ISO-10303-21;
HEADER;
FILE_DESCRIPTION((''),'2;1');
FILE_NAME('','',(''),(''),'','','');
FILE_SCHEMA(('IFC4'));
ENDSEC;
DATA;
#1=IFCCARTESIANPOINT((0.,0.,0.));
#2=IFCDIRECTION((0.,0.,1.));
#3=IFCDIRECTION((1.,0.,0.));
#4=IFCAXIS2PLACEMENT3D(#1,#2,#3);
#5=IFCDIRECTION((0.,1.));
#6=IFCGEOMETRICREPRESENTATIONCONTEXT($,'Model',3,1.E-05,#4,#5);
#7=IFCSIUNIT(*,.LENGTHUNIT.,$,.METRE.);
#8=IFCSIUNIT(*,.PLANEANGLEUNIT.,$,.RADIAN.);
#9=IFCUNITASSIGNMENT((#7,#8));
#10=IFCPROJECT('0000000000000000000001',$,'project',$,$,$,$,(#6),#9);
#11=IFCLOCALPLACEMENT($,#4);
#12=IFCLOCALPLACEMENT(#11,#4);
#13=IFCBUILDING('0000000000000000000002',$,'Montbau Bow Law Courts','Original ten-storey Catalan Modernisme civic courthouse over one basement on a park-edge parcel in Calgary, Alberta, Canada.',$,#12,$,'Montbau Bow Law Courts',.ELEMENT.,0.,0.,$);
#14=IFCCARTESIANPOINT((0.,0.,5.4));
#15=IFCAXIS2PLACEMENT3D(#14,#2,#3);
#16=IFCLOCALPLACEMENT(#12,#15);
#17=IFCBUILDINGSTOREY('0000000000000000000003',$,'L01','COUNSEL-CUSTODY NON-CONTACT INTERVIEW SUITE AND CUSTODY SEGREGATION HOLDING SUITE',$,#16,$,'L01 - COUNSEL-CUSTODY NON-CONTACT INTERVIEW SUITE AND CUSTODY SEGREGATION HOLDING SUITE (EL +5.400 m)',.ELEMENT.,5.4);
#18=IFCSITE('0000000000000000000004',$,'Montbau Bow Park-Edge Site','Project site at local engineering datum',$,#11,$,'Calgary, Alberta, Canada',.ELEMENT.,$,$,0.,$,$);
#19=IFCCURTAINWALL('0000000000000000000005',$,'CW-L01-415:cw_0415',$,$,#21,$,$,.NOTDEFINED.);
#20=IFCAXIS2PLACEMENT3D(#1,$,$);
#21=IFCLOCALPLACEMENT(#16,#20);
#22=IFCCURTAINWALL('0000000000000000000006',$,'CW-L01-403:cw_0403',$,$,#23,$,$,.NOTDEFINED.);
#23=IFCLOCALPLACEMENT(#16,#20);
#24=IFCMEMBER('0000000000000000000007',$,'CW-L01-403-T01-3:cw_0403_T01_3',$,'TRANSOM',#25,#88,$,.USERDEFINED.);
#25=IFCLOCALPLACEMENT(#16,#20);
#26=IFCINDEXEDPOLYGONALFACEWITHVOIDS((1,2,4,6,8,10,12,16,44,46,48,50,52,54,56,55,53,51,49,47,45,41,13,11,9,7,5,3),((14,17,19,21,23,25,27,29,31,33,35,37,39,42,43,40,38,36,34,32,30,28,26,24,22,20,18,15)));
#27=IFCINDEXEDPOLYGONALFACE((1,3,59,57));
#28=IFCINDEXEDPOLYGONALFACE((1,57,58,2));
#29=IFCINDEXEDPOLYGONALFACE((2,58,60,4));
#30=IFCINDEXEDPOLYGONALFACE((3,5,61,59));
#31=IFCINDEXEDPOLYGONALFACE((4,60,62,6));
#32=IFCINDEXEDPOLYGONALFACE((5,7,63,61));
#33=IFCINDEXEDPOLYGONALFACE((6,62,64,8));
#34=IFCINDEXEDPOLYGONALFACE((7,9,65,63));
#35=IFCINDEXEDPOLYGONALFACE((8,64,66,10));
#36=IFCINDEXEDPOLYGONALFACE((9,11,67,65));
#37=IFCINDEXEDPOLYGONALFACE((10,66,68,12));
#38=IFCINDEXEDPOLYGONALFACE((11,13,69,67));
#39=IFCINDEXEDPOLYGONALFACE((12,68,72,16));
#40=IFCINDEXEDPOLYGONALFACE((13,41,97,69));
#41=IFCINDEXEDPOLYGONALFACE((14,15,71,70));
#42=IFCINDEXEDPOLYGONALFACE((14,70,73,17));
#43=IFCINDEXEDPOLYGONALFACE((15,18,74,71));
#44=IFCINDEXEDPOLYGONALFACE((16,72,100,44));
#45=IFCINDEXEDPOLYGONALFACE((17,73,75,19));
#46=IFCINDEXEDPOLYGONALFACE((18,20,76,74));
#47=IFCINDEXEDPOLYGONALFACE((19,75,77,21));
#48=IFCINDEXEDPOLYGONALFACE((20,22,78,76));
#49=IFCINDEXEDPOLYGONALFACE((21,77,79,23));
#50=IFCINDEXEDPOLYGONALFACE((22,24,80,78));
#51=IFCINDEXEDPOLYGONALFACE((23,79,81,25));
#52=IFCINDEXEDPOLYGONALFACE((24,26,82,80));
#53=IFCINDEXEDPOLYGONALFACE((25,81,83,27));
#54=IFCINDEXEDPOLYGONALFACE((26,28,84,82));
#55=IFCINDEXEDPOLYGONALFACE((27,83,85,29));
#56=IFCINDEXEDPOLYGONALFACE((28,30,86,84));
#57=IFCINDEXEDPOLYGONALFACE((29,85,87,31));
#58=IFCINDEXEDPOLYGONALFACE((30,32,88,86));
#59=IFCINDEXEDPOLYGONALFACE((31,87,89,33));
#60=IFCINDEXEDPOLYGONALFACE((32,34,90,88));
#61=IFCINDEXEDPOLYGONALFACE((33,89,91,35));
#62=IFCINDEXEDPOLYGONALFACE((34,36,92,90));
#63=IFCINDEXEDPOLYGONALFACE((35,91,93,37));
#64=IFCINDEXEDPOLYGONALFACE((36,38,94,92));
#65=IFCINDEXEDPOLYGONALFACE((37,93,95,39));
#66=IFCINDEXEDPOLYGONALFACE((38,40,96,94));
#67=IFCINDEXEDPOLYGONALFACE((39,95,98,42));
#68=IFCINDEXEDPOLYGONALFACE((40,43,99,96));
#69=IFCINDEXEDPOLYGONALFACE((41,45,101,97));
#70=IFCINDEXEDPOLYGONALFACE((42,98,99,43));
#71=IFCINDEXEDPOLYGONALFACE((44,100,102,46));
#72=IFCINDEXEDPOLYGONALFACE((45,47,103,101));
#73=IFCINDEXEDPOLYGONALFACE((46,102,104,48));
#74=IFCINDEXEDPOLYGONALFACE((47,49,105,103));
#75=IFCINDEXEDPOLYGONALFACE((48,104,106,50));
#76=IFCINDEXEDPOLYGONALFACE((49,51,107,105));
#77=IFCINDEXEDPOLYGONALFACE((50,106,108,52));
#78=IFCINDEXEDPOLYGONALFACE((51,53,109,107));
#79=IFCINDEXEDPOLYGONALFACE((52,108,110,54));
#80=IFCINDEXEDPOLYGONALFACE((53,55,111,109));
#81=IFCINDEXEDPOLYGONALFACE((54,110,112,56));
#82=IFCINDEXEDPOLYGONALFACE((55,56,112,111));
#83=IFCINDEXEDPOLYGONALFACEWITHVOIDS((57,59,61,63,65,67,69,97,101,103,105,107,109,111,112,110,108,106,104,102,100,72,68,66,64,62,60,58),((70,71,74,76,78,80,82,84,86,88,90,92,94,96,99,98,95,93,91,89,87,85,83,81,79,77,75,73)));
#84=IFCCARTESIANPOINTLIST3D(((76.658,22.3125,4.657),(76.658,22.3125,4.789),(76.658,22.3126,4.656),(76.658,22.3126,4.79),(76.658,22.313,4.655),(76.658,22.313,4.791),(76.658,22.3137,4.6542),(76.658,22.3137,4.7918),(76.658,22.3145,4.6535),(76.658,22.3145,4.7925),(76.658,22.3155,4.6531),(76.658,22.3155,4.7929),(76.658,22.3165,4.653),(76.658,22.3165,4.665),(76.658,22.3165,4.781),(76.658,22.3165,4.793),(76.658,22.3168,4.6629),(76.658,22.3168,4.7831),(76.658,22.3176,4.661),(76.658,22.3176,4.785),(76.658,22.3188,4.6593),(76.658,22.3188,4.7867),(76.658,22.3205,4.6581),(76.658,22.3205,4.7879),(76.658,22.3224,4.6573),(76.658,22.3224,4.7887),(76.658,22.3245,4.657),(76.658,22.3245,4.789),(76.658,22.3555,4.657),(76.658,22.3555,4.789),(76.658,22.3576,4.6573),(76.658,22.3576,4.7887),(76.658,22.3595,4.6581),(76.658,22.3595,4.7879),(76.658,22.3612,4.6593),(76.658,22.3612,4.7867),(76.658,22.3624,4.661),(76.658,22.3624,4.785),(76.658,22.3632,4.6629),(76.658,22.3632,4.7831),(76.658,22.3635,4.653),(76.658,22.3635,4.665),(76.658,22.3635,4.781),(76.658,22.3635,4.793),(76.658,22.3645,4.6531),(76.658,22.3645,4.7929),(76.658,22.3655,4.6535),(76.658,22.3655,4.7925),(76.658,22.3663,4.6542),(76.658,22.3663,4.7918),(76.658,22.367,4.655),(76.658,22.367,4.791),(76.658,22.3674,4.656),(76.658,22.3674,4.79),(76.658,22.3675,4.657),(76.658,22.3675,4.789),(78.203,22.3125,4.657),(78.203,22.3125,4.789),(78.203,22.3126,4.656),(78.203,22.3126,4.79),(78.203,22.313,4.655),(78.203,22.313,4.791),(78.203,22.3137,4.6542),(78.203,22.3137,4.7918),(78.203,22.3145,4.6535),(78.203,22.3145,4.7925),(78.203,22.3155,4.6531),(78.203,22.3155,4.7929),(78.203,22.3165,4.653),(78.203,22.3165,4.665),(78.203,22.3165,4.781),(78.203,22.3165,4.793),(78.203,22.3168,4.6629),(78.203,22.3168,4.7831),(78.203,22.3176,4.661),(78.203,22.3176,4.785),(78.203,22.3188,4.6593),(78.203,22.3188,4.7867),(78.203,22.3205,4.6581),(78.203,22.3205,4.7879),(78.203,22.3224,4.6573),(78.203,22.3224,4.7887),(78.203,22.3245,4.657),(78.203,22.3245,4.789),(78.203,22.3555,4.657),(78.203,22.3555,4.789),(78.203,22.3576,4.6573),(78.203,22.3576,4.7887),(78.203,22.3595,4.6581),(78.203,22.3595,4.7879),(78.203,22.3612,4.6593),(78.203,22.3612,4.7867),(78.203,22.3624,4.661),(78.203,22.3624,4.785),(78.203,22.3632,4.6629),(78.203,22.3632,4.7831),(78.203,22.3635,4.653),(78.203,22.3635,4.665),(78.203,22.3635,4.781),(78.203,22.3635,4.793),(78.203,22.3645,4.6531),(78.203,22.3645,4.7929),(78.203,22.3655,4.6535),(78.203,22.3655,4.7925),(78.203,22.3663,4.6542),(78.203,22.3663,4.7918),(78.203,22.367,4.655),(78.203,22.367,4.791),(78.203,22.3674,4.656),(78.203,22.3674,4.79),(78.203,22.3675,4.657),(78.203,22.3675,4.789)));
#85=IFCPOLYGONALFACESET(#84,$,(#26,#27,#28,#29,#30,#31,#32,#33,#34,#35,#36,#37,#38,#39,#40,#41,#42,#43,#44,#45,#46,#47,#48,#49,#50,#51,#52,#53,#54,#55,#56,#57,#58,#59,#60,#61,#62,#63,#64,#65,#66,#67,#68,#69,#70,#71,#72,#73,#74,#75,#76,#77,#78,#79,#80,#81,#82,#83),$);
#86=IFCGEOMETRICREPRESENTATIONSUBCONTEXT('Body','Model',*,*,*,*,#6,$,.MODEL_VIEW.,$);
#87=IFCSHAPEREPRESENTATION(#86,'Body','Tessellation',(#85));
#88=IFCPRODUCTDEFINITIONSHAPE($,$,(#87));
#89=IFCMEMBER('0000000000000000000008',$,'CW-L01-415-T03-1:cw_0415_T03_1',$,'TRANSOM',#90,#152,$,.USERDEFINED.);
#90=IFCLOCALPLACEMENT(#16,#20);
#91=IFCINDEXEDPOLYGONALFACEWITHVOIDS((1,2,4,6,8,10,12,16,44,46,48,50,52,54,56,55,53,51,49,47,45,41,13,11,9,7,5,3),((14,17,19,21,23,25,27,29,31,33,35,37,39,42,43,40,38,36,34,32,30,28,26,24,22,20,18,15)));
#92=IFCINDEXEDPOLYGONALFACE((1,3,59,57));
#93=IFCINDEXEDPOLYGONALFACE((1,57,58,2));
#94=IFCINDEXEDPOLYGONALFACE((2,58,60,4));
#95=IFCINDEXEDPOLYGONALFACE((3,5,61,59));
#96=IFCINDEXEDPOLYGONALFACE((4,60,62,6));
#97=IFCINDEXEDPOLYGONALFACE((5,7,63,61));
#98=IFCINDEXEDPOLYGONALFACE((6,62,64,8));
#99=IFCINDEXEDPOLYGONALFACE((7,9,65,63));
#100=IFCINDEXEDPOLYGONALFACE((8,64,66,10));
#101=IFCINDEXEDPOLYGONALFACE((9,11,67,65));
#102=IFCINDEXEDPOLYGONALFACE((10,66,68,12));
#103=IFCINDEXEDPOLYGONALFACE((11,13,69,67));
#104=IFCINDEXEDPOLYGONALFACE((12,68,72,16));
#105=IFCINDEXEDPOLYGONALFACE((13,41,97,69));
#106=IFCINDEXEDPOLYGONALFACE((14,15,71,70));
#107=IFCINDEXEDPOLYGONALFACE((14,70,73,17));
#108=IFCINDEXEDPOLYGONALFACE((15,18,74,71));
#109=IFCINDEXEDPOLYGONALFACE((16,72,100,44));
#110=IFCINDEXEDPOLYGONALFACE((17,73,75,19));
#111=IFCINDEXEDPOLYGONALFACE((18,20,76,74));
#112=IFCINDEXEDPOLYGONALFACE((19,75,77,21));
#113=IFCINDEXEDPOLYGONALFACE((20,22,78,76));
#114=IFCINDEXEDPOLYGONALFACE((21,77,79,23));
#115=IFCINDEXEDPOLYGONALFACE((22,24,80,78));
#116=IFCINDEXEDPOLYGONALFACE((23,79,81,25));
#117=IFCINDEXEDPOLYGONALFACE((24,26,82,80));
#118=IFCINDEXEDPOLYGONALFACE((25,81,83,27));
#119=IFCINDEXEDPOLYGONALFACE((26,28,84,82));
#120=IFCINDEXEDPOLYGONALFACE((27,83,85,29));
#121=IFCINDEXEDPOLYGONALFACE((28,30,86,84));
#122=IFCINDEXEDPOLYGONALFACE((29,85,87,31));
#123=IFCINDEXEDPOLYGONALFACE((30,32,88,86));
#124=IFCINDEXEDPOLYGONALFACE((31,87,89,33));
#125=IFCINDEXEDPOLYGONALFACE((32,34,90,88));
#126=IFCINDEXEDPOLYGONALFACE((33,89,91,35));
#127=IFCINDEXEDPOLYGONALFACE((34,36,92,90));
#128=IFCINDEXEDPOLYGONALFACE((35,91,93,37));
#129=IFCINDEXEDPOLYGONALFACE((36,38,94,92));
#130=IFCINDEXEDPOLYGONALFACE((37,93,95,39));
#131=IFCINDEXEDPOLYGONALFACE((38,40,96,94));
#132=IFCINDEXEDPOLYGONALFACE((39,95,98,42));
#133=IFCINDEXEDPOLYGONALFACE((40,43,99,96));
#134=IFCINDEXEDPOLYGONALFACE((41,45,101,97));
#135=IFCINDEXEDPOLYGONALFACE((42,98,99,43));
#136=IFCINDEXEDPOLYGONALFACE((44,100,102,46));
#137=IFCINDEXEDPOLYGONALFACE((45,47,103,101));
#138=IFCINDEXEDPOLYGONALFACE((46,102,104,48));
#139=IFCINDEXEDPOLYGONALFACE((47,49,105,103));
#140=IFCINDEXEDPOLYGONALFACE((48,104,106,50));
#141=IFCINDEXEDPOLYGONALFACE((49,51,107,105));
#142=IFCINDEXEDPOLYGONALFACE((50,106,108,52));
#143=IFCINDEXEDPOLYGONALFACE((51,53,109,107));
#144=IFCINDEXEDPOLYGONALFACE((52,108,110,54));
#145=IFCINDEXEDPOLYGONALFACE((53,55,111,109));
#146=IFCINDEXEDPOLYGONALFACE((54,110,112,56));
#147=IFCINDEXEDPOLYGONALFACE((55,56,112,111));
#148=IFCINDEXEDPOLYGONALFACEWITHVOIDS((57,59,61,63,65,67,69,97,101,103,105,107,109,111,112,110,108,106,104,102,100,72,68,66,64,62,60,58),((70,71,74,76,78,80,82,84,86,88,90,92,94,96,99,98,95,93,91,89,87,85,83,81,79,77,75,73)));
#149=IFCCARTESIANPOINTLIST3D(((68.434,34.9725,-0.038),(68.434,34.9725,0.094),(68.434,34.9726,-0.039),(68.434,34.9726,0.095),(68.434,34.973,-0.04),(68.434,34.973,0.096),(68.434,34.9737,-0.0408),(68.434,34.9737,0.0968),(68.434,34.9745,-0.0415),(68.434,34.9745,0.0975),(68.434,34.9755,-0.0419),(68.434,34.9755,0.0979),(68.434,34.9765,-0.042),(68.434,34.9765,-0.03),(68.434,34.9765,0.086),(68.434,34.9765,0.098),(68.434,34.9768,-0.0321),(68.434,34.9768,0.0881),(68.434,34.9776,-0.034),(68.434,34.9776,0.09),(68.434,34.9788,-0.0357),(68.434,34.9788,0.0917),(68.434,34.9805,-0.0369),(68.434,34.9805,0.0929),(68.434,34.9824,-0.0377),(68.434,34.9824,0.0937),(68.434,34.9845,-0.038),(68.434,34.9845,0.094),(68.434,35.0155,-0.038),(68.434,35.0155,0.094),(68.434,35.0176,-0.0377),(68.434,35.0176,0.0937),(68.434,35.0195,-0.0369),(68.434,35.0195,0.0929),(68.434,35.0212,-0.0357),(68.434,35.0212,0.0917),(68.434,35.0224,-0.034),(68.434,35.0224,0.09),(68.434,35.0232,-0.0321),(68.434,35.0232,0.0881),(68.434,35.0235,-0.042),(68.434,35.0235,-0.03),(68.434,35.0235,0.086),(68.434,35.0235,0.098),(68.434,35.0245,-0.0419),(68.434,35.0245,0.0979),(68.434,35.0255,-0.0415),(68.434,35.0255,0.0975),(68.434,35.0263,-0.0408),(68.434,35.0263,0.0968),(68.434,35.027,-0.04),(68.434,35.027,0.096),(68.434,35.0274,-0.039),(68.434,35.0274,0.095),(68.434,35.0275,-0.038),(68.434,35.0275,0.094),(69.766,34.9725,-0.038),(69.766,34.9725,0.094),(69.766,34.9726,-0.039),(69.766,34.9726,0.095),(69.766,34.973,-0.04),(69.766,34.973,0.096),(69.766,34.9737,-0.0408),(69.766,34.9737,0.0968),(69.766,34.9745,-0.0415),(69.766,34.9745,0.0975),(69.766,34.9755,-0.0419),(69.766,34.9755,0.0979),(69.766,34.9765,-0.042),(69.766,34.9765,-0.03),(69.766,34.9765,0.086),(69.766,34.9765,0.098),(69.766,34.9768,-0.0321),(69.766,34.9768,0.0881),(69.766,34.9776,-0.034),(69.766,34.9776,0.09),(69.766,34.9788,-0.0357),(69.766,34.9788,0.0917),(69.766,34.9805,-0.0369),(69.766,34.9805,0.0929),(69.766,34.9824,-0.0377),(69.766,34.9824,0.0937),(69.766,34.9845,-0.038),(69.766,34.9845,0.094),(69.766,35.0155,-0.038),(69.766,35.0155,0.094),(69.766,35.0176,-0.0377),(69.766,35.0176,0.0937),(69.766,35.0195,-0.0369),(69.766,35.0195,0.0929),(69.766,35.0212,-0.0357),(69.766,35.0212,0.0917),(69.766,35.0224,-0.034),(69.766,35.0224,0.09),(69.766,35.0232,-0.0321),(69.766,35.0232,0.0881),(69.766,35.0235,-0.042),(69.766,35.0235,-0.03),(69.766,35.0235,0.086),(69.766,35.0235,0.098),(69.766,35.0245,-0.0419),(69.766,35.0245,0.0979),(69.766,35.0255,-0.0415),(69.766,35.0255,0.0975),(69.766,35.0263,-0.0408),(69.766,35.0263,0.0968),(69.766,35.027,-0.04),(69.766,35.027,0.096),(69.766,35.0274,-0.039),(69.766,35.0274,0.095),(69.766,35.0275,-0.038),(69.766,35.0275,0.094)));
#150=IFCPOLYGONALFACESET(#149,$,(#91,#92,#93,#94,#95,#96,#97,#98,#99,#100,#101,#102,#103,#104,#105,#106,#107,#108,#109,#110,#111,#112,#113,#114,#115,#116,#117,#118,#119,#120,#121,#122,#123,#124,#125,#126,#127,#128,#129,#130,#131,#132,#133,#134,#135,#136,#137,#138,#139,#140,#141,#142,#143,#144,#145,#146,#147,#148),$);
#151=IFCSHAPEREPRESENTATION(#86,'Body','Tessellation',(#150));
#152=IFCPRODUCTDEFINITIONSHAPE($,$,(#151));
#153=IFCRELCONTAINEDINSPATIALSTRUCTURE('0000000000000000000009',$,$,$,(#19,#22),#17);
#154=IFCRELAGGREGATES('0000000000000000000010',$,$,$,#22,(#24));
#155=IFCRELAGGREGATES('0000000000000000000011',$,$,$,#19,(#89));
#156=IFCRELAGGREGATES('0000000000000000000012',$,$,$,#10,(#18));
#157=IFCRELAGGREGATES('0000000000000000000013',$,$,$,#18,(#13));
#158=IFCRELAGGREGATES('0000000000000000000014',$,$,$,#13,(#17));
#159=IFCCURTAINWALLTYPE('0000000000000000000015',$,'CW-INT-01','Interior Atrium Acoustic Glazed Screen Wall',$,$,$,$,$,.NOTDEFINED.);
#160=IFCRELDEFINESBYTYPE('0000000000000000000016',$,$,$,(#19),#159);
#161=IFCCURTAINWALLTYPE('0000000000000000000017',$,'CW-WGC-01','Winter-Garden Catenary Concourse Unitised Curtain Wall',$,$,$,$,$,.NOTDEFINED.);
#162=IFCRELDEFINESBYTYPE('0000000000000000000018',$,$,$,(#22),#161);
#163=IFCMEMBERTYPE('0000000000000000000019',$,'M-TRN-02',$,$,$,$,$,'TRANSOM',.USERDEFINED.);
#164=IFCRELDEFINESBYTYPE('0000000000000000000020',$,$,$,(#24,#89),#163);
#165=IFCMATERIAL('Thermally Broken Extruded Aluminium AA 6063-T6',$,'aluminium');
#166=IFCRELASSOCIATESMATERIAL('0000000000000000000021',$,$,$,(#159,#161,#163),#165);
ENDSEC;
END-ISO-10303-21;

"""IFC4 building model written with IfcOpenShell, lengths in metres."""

from ifc_helpers import new_model, si_unit, direction, frame, origin_with_axes, origin_2d_with_axis, place, context, subcontext, project, spatial, hollow_rectangle, extrude, material, material_profile, profile_set, type_object, element, aggregate, save


model = new_model("IFC4")

# Units and contexts
model_context = context("Model", 3, precision=1e-05, world=origin_with_axes(), true_north=direction((0.0, 1.0)))
body_context = subcontext(model_context, "Body", "Model", "MODEL_VIEW")
ifc_project = project(units=[si_unit("LENGTHUNIT", "METRE"), si_unit("PLANEANGLEUNIT", "RADIAN")], contexts=[model_context])

# Site, building, storey
site_placement = place(None, origin_with_axes())
site = spatial("IfcSite", under=ifc_project, at=site_placement, Name="Montbau Bow Park-Edge Site", Description="Project site at local engineering datum", LongName="Calgary, Alberta, Canada", CompositionType="ELEMENT", RefElevation=0.0)
building_placement = place(site_placement, origin_with_axes())
building = spatial("IfcBuilding", under=site, at=building_placement, Name="Montbau Bow Law Courts", Description="Original ten-storey Catalan Modernisme civic courthouse over one basement on a park-edge parcel in Calgary, Alberta, Canada.", LongName="Montbau Bow Law Courts", CompositionType="ELEMENT", ElevationOfRefHeight=0.0, ElevationOfTerrain=0.0)
storey_placement = place(building_placement, frame((0.0, 0.0, 5.4), z_axis=(0.0, 0.0, 1.0), x_axis=(1.0, 0.0, 0.0)))
storey = spatial("IfcBuildingStorey", under=building, at=storey_placement, Name="L01", Description="COUNSEL-CUSTODY NON-CONTACT INTERVIEW SUITE AND CUSTODY SEGREGATION HOLDING SUITE", LongName="L01 - COUNSEL-CUSTODY NON-CONTACT INTERVIEW SUITE AND CUSTODY SEGREGATION HOLDING SUITE (EL +5.400 m)", CompositionType="ELEMENT", Elevation=5.4)

# Curtain walls, member
ifc_material_1 = material(Name="Thermally Broken Extruded Aluminium AA 6063-T6", Category="aluminium")
curtain_wall_type_1 = type_object("IfcCurtainWallType", Name="CW-INT-01", Description="Interior Atrium Acoustic Glazed Screen Wall", PredefinedType="NOTDEFINED", material=ifc_material_1)
curtain_wall_1_placement = place(None, frame((65.6, 35.0, 5.4), z_axis=(0.0, 0.0, 1.0), x_axis=(1.0, 0.0, 0.0)))
curtain_wall_1 = element("IfcCurtainWall", 1, at=curtain_wall_1_placement, inside=storey, type_object=curtain_wall_type_1, Name="CW-L01-415:cw_0415", PredefinedType="NOTDEFINED")
curtain_wall_type_2 = type_object("IfcCurtainWallType", Name="CW-WGC-01", Description="Winter-Garden Catenary Concourse Unitised Curtain Wall", PredefinedType="NOTDEFINED", material=ifc_material_1)
curtain_wall_2_placement = place(None, frame((76.59, 22.34, 5.4), z_axis=(0.0, 0.0, 1.0), x_axis=(1.0, 0.0, 0.0)))
curtain_wall_2 = element("IfcCurtainWall", 2, at=curtain_wall_2_placement, inside=storey, type_object=curtain_wall_type_2, Name="CW-L01-403:cw_0403", PredefinedType="NOTDEFINED")
ifc_material_profile_1 = material_profile(ifc_material_1, hollow_rectangle(XDim=0.055, YDim=0.14, WallThickness=0.004, InnerFilletRadius=0.008, OuterFilletRadius=0.004, at=origin_2d_with_axis()), Name="CWT-140X55", Category="Main", Priority=0)
ifc_profile_set_1 = profile_set([ifc_material_profile_1], Name="Thermally Broken Extruded Aluminium AA 6063-T6")
member_type_1 = type_object("IfcMemberType", Name="M-TRN-02", ElementType="TRANSOM", PredefinedType="USERDEFINED", material=ifc_profile_set_1)
member_1_placement = place(None, frame((76.658, 22.34, 10.123), z_axis=(1.0, 0.0, 0.0), x_axis=(0.0, 1.0, 0.0)))
member_1 = element("IfcMember", 3, at=member_1_placement, type_object=member_type_1, Name="CW-L01-403-T01-3:cw_0403_T01_3", ObjectType="TRANSOM", PredefinedType="USERDEFINED", context=body_context, shape_type="SweptSolid", body=[
    extrude(hollow_rectangle(XDim=0.055, YDim=0.14, WallThickness=0.004, InnerFilletRadius=0.008, OuterFilletRadius=0.004, at=origin_2d_with_axis()), origin_with_axes(), (0.0, 0.0, 1.0), 1.545),
])
aggregate(curtain_wall_2, [member_1])

# Member
member_2_placement = place(None, frame((68.434, 35.0, 5.428), z_axis=(1.0, 0.0, 0.0), x_axis=(0.0, 1.0, 0.0)))
member_2 = element("IfcMember", 4, at=member_2_placement, type_object=member_type_1, Name="CW-L01-415-T03-1:cw_0415_T03_1", ObjectType="TRANSOM", PredefinedType="USERDEFINED", context=body_context, shape_type="SweptSolid", body=[
    extrude(hollow_rectangle(XDim=0.055, YDim=0.14, WallThickness=0.004, InnerFilletRadius=0.008, OuterFilletRadius=0.004, at=origin_2d_with_axis()), origin_with_axes(), (0.0, 0.0, 1.0), 1.332),
])

aggregate(curtain_wall_1, [member_2])

save(model, "model.ifc")
